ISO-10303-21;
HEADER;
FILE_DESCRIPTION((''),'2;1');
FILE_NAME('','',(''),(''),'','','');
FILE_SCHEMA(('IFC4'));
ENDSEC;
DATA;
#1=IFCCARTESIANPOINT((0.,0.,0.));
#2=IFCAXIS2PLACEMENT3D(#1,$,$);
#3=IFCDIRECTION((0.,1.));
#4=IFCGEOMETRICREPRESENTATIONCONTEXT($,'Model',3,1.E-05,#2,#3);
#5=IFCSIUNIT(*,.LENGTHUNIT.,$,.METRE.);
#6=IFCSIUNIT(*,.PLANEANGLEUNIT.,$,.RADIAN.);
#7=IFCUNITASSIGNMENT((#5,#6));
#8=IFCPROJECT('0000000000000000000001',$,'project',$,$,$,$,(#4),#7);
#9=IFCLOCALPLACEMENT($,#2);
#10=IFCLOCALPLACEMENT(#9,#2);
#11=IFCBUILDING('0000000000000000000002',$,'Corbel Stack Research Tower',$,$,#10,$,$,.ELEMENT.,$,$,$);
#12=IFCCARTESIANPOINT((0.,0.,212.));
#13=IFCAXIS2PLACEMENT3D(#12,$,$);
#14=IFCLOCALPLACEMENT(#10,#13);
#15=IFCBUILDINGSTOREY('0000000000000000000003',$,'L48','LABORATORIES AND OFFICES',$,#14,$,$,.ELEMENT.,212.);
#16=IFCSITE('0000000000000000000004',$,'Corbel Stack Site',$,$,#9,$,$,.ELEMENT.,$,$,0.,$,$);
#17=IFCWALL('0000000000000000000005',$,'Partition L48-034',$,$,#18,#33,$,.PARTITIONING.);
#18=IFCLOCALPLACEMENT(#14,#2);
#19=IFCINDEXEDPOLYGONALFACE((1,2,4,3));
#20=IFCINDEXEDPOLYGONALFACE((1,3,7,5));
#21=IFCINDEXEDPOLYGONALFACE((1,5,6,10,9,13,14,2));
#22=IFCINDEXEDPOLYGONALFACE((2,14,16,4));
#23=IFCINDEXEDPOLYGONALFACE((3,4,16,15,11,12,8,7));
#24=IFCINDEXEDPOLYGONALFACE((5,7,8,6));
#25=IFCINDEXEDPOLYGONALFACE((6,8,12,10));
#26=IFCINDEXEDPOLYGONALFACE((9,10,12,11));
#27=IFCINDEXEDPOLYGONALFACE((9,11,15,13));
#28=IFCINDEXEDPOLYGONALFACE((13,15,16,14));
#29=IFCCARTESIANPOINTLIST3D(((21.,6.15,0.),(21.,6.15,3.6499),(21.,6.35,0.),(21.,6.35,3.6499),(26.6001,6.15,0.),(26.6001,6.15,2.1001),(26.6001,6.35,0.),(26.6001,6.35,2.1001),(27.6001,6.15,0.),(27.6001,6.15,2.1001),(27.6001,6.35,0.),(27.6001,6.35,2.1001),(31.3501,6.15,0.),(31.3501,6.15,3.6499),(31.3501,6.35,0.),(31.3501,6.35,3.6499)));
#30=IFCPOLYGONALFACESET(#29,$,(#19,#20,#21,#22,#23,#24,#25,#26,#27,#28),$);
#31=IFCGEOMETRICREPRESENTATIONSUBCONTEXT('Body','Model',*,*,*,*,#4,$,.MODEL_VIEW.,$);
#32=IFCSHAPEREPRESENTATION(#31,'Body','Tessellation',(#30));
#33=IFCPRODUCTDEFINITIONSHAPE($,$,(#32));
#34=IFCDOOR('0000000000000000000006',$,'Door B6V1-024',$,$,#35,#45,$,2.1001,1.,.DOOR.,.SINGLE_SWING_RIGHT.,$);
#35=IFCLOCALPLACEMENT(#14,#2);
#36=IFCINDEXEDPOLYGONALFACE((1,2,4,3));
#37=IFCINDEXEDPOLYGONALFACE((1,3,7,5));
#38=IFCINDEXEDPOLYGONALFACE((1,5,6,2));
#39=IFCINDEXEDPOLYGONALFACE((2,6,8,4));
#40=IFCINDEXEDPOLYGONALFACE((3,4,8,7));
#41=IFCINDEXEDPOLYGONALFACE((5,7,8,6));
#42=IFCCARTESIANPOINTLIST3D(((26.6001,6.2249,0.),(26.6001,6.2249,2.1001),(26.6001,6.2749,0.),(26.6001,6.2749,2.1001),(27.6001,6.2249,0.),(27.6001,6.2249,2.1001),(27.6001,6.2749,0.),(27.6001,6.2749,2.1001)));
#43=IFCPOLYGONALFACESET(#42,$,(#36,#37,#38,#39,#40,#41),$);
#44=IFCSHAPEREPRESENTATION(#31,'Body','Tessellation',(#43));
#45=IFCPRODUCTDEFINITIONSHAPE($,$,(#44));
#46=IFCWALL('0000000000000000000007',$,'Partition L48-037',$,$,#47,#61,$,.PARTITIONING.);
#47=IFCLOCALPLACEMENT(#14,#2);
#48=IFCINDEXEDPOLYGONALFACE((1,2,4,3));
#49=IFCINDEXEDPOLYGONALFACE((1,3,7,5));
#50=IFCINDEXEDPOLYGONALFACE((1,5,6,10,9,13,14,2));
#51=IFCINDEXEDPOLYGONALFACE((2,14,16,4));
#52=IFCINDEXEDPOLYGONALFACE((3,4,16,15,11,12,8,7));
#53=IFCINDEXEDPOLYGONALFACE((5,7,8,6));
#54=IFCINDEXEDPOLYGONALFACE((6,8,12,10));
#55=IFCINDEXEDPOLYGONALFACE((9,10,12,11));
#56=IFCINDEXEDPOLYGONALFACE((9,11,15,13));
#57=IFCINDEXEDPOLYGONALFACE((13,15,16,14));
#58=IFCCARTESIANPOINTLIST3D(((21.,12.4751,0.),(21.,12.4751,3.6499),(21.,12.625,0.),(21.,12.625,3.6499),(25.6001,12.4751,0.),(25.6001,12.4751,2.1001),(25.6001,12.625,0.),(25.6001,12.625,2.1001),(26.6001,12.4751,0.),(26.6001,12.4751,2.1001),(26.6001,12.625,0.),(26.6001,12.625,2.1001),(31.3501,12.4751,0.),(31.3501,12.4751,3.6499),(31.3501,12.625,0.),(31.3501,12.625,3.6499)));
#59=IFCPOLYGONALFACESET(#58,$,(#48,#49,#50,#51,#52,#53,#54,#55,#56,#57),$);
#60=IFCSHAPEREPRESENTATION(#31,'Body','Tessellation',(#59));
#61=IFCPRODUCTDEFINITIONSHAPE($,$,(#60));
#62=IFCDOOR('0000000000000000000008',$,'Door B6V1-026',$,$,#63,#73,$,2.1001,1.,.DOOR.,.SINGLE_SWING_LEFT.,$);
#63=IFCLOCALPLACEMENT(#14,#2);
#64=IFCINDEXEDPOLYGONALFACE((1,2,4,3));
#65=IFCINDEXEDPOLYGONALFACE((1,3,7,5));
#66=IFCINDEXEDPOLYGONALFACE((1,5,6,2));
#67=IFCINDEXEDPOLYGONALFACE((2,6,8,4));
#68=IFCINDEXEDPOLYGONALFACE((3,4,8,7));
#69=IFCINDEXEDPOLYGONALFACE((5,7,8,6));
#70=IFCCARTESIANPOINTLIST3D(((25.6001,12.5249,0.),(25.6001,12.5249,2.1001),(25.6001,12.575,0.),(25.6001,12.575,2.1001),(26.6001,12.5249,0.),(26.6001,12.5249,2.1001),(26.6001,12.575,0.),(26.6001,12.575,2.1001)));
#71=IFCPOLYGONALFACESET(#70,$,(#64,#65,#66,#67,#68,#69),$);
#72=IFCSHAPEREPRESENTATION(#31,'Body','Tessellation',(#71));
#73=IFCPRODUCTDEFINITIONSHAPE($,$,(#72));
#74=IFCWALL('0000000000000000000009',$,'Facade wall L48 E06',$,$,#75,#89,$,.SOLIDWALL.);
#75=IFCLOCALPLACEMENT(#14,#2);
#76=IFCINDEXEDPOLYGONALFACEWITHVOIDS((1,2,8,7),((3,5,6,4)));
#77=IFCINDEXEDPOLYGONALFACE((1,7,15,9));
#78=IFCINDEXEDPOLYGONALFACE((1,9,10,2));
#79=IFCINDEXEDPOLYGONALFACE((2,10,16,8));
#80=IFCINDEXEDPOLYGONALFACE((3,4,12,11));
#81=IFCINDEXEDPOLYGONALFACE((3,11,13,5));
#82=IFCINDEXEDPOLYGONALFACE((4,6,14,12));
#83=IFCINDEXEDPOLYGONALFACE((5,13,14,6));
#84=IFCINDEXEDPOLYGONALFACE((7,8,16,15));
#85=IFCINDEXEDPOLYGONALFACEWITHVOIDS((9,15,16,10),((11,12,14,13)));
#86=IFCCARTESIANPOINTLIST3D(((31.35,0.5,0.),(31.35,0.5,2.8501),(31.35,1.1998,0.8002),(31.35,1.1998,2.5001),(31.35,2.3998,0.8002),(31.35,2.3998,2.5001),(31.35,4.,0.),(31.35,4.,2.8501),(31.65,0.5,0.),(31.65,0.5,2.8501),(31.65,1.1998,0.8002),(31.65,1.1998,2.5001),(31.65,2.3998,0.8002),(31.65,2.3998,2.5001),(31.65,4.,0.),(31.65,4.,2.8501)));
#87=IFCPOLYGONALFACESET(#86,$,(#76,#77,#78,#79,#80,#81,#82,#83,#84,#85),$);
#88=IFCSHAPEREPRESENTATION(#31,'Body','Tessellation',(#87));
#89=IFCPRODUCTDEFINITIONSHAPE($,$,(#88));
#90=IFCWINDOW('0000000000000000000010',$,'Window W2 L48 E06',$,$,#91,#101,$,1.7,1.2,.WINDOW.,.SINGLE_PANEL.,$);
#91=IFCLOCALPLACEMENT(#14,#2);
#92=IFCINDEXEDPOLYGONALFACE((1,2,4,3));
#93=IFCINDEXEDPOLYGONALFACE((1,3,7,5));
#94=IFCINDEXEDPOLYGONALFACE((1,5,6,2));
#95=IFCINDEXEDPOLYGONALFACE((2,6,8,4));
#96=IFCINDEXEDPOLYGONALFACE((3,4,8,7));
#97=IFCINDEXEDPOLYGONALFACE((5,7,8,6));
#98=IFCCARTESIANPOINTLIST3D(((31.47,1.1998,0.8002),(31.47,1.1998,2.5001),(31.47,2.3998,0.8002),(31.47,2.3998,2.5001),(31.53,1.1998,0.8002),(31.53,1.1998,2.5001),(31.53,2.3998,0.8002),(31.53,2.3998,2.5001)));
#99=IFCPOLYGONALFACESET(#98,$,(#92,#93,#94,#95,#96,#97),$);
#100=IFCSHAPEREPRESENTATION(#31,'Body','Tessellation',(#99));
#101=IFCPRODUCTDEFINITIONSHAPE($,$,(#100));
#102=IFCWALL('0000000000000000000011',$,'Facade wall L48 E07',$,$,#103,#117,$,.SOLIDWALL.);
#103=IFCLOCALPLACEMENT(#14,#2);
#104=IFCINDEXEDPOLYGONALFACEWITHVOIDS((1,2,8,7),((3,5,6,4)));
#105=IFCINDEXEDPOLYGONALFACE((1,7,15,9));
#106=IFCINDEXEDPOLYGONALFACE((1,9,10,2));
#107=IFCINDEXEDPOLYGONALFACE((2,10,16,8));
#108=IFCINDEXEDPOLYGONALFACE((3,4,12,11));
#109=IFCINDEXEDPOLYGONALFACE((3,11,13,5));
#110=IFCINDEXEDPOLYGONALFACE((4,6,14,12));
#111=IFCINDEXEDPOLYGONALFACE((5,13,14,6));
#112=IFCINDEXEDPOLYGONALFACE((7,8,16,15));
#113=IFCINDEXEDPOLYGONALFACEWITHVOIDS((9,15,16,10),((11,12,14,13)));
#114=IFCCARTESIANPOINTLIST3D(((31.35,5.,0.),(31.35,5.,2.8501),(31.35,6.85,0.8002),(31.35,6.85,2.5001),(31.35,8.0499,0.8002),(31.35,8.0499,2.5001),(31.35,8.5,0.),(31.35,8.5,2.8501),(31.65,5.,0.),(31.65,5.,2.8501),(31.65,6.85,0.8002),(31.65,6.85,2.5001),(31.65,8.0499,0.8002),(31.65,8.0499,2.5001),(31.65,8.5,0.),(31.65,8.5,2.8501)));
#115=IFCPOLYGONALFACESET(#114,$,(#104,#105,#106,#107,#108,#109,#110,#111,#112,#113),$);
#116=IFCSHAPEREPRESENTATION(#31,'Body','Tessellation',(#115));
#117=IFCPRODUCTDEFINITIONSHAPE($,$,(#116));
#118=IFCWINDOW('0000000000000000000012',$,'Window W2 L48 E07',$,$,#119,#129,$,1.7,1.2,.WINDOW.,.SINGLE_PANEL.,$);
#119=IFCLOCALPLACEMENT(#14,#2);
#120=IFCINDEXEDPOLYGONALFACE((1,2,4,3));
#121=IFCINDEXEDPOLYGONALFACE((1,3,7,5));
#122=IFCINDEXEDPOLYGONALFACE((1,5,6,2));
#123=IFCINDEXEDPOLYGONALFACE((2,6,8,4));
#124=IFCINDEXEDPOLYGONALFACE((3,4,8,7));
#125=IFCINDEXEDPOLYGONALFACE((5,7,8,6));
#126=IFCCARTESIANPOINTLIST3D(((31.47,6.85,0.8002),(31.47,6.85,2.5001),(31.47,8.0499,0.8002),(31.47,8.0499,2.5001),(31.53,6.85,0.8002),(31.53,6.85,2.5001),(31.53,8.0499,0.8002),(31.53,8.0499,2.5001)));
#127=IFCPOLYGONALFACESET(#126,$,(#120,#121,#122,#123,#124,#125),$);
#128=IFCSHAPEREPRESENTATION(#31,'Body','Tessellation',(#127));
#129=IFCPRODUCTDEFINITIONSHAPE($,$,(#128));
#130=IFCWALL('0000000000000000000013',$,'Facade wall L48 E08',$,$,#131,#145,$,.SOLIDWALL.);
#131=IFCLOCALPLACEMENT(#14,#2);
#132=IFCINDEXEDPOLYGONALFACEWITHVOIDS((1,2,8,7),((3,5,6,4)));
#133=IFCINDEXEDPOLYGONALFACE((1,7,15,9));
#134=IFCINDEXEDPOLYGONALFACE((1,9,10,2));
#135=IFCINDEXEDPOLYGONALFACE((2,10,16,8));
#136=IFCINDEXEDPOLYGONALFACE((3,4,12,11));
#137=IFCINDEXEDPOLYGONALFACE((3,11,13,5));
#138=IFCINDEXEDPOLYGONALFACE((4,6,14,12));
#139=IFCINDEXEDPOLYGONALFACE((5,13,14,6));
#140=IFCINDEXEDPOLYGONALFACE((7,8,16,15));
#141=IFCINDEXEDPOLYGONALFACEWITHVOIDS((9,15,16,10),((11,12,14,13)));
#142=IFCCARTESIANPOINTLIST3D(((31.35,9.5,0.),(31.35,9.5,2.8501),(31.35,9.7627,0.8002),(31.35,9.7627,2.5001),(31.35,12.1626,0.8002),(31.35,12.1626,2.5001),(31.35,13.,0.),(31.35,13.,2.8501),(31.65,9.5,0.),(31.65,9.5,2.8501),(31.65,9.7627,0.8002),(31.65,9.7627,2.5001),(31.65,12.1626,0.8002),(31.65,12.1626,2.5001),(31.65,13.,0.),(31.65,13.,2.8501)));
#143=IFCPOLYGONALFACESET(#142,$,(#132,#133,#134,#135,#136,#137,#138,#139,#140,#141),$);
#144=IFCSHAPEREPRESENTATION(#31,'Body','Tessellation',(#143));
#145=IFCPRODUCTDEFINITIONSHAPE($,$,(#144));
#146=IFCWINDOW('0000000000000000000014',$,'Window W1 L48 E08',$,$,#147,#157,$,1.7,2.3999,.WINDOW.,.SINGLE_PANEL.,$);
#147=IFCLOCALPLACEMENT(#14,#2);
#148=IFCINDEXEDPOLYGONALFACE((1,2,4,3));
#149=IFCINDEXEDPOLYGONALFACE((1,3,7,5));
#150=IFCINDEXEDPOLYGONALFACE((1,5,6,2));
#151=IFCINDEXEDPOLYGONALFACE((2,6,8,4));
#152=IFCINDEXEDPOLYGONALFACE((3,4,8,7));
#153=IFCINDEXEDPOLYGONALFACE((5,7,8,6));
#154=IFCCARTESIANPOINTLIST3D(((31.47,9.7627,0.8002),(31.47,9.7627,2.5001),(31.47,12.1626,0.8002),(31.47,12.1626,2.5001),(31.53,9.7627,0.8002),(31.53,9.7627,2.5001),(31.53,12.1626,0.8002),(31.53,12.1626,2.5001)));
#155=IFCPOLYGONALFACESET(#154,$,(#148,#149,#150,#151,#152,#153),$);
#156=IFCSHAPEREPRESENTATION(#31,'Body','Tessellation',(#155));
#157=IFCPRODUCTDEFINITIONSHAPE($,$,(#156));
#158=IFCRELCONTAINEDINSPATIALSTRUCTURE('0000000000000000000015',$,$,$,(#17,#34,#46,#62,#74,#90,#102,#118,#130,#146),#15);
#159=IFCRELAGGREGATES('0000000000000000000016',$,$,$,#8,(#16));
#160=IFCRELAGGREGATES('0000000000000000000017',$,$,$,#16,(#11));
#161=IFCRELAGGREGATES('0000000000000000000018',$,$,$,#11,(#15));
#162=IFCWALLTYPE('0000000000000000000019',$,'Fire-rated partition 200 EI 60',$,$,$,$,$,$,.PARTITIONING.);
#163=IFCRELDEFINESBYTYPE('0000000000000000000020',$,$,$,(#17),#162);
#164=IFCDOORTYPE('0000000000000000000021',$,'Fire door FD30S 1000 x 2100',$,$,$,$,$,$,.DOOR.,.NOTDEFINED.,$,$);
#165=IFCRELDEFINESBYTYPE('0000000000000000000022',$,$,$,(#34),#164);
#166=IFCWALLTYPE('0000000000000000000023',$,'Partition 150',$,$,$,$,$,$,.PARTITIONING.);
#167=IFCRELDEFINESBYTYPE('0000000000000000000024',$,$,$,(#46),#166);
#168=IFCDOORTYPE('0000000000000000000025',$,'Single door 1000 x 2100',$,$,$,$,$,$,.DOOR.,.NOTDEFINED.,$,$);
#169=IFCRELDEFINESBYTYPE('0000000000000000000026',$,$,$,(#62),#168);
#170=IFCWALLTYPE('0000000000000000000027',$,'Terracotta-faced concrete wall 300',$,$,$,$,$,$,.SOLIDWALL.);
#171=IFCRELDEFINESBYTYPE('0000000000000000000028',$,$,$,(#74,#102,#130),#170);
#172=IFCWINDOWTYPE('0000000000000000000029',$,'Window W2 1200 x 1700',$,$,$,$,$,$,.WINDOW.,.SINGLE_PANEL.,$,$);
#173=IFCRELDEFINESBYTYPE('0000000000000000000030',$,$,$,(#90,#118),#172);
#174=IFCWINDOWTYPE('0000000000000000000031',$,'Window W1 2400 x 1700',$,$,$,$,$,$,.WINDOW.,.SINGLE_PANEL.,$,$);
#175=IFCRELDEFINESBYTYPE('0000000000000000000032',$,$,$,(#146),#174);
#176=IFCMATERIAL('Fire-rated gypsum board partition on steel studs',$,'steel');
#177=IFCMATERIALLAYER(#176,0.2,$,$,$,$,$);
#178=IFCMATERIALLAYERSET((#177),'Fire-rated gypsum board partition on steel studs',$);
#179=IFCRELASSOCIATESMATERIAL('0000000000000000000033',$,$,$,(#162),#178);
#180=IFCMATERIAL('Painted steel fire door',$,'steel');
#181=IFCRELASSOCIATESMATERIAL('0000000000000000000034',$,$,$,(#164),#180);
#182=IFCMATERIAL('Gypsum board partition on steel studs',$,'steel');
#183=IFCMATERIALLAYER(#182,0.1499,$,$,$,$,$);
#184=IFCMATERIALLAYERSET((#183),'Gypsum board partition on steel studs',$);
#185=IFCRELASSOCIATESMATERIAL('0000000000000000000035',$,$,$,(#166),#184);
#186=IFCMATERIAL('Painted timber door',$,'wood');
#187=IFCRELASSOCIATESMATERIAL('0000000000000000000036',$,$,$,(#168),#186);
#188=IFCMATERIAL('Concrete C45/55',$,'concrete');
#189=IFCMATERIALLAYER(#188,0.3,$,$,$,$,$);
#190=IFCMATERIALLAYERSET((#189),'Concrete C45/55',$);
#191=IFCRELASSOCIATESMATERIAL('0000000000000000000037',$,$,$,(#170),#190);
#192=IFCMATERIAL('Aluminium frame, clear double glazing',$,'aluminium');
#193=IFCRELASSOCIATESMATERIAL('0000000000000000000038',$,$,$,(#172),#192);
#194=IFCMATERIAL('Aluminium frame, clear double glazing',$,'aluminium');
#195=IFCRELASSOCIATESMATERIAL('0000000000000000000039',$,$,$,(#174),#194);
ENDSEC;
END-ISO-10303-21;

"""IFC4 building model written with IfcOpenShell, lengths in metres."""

from ifc_helpers import new_model, si_unit, direction, frame, frame_2d, origin, place, context, subcontext, project, spatial, rectangle, extrude, material, layer, layer_set, type_object, element, fill, save


model = new_model("IFC4")

# Units and contexts
model_context = context("Model", 3, precision=1e-05, world=origin(), true_north=direction((0.0, 1.0)))
body_context = subcontext(model_context, "Body", "Model", "MODEL_VIEW")
ifc_project = project(units=[si_unit("LENGTHUNIT", "METRE"), si_unit("PLANEANGLEUNIT", "RADIAN")], contexts=[model_context])

# Site, building, storey
site_placement = place(None, origin())
site = spatial("IfcSite", under=ifc_project, at=site_placement, Name="Corbel Stack Site", CompositionType="ELEMENT", RefElevation=0.0)
building_placement = place(site_placement, origin())
building = spatial("IfcBuilding", under=site, at=building_placement, Name="Corbel Stack Research Tower", CompositionType="ELEMENT")
storey_placement = place(building_placement, frame((0.0, 0.0, 212.0)))
storey = spatial("IfcBuildingStorey", under=building, at=storey_placement, Name="L48", Description="LABORATORIES AND OFFICES", CompositionType="ELEMENT", Elevation=212.0)

# Shared definitions
ifc_material_1 = material(Name="Fire-rated gypsum board partition on steel studs", Category="steel")
ifc_layer_1 = layer(ifc_material_1, 0.2)
ifc_layer_set_1 = layer_set([ifc_layer_1], Name="Fire-rated gypsum board partition on steel studs")
wall_type_1 = type_object("IfcWallType", Name="Fire-rated partition 200 EI 60", PredefinedType="PARTITIONING", material=ifc_layer_set_1)

# Walls, openings, doors
ifc_material_2 = material(Name="Painted steel fire door", Category="steel")
door_type_1 = type_object("IfcDoorType", Name="Fire door FD30S 1000 x 2100", OperationType="NOTDEFINED", PredefinedType="DOOR", material=ifc_material_2)
wall_1_placement = place(storey_placement, frame((21.0, 6.25, 0.0), z_axis=(0.0, 0.0, 1.0), x_axis=(1.0, 0.0, 0.0)))
wall_1 = element("IfcWall", 1, at=wall_1_placement, inside=storey, type_object=wall_type_1, Name="Partition L48-034", PredefinedType="PARTITIONING", context=body_context, shape_type="SweptSolid", body=[
    extrude(rectangle(XDim=10.3501, YDim=0.2, at=frame_2d((5.175, 0.0))), origin(), (0.0, 0.0, 1.0), 3.6499),
])
opening_1_placement = place(wall_1_placement, frame((5.6001, 0.0, 0.0)))
opening_1 = element("IfcOpeningElement", 2, at=opening_1_placement, cuts=wall_1, PredefinedType="OPENING", context=body_context, shape_type="SweptSolid", body=[
    extrude(rectangle(XDim=1.0, YDim=2.1001, at=frame_2d((0.5, 1.05))), frame((0.0, 0.1099, 0.0), z_axis=(0.0, -1.0, 0.0), x_axis=(1.0, 0.0, 0.0)), (0.0, 0.0, 1.0), 0.22),
])
door_1_placement = place(opening_1_placement, origin())
door_1 = element("IfcDoor", 3, at=door_1_placement, inside=storey, type_object=door_type_1, Name="Door B6V1-024", OperationType="SINGLE_SWING_RIGHT", OverallHeight=2.1001, OverallWidth=1.0, PredefinedType="DOOR", context=body_context, shape_type="SweptSolid", body=[
    extrude(rectangle(XDim=1.0, YDim=2.1001, at=frame_2d((0.5, 1.05))), frame((0.0, 0.0249, 0.0), z_axis=(0.0, -1.0, 0.0), x_axis=(1.0, 0.0, 0.0)), (0.0, 0.0, 1.0), 0.05),
])
fill(opening_1, door_1)
ifc_material_3 = material(Name="Gypsum board partition on steel studs", Category="steel")
ifc_layer_2 = layer(ifc_material_3, 0.1499)
ifc_layer_set_2 = layer_set([ifc_layer_2], Name="Gypsum board partition on steel studs")
wall_type_2 = type_object("IfcWallType", Name="Partition 150", PredefinedType="PARTITIONING", material=ifc_layer_set_2)
wall_2_placement = place(storey_placement, frame((21.0, 12.55, 0.0), z_axis=(0.0, 0.0, 1.0), x_axis=(1.0, 0.0, 0.0)))
wall_2 = element("IfcWall", 4, at=wall_2_placement, inside=storey, type_object=wall_type_2, Name="Partition L48-037", PredefinedType="PARTITIONING", context=body_context, shape_type="SweptSolid", body=[
    extrude(rectangle(XDim=10.3501, YDim=0.1499, at=frame_2d((5.175, 0.0))), origin(), (0.0, 0.0, 1.0), 3.6499),
])
opening_2_placement = place(wall_2_placement, frame((4.6001, 0.0, 0.0)))
opening_2 = element("IfcOpeningElement", 5, at=opening_2_placement, cuts=wall_2, PredefinedType="OPENING", context=body_context, shape_type="SweptSolid", body=[
    extrude(rectangle(XDim=1.0, YDim=2.1001, at=frame_2d((0.5, 1.05))), frame((0.0, 0.085, 0.0), z_axis=(0.0, -1.0, 0.0), x_axis=(1.0, 0.0, 0.0)), (0.0, 0.0, 1.0), 0.1699),
])
ifc_material_4 = material(Name="Painted timber door", Category="wood")
door_type_2 = type_object("IfcDoorType", Name="Single door 1000 x 2100", OperationType="NOTDEFINED", PredefinedType="DOOR", material=ifc_material_4)
door_2_placement = place(opening_2_placement, origin())
door_2 = element("IfcDoor", 6, at=door_2_placement, inside=storey, type_object=door_type_2, Name="Door B6V1-026", OperationType="SINGLE_SWING_LEFT", OverallHeight=2.1001, OverallWidth=1.0, PredefinedType="DOOR", context=body_context, shape_type="SweptSolid", body=[
    extrude(rectangle(XDim=1.0, YDim=2.1001, at=frame_2d((0.5, 1.05))), frame((0.0, 0.0249, 0.0), z_axis=(0.0, -1.0, 0.0), x_axis=(1.0, 0.0, 0.0)), (0.0, 0.0, 1.0), 0.05),
])
fill(opening_2, door_2)

# Walls, openings, windows
ifc_material_5 = material(Name="Concrete C45/55", Category="concrete")
ifc_layer_3 = layer(ifc_material_5, 0.3)
ifc_layer_set_3 = layer_set([ifc_layer_3], Name="Concrete C45/55")
wall_type_3 = type_object("IfcWallType", Name="Terracotta-faced concrete wall 300", PredefinedType="SOLIDWALL", material=ifc_layer_set_3)
wall_3_placement = place(storey_placement, frame((31.5, 4.0, 0.0), z_axis=(0.0, 0.0, 1.0), x_axis=(0.0, -1.0, 0.0)))
wall_3 = element("IfcWall", 7, at=wall_3_placement, inside=storey, type_object=wall_type_3, Name="Facade wall L48 E06", PredefinedType="SOLIDWALL", context=body_context, shape_type="SweptSolid", body=[
    extrude(rectangle(XDim=3.5, YDim=0.3, at=frame_2d((1.75, 0.0))), origin(), (0.0, 0.0, 1.0), 2.8501),
])
opening_3_placement = place(wall_3_placement, frame((1.6001, 0.0, 0.8)))
opening_3 = element("IfcOpeningElement", 8, at=opening_3_placement, cuts=wall_3, PredefinedType="OPENING", context=body_context, shape_type="SweptSolid", body=[
    extrude(rectangle(XDim=1.2, YDim=1.7, at=frame_2d((0.6001, 0.8501))), frame((0.0, 0.1599, 0.0), z_axis=(0.0, -1.0, 0.0), x_axis=(1.0, 0.0, 0.0)), (0.0, 0.0, 1.0), 0.3201),
])
ifc_material_6 = material(Name="Aluminium frame, clear double glazing", Category="aluminium")
window_type_1 = type_object("IfcWindowType", Name="Window W2 1200 x 1700", PartitioningType="SINGLE_PANEL", PredefinedType="WINDOW", material=ifc_material_6)
window_1_placement = place(opening_3_placement, origin())
window_1 = element("IfcWindow", 9, at=window_1_placement, inside=storey, type_object=window_type_1, Name="Window W2 L48 E06", OverallHeight=1.7, OverallWidth=1.2, PartitioningType="SINGLE_PANEL", PredefinedType="WINDOW", context=body_context, shape_type="SweptSolid", body=[
    extrude(rectangle(XDim=1.2, YDim=1.7, at=frame_2d((0.6001, 0.8501))), frame((0.0, 0.03, 0.0), z_axis=(0.0, -1.0, 0.0), x_axis=(1.0, 0.0, 0.0)), (0.0, 0.0, 1.0), 0.0601),
])
fill(opening_3, window_1)
wall_4_placement = place(storey_placement, frame((31.5, 8.5, 0.0), z_axis=(0.0, 0.0, 1.0), x_axis=(0.0, -1.0, 0.0)))
wall_4 = element("IfcWall", 10, at=wall_4_placement, inside=storey, type_object=wall_type_3, Name="Facade wall L48 E07", PredefinedType="SOLIDWALL", context=body_context, shape_type="SweptSolid", body=[
    extrude(rectangle(XDim=3.5, YDim=0.3, at=frame_2d((1.75, 0.0))), origin(), (0.0, 0.0, 1.0), 2.8501),
])
opening_4_placement = place(wall_4_placement, frame((0.45, 0.0, 0.8)))
opening_4 = element("IfcOpeningElement", 11, at=opening_4_placement, cuts=wall_4, PredefinedType="OPENING", context=body_context, shape_type="SweptSolid", body=[
    extrude(rectangle(XDim=1.2, YDim=1.7, at=frame_2d((0.6001, 0.8501))), frame((0.0, 0.1599, 0.0), z_axis=(0.0, -1.0, 0.0), x_axis=(1.0, 0.0, 0.0)), (0.0, 0.0, 1.0), 0.3201),
])
window_2_placement = place(opening_4_placement, origin())
window_2 = element("IfcWindow", 12, at=window_2_placement, inside=storey, type_object=window_type_1, Name="Window W2 L48 E07", OverallHeight=1.7, OverallWidth=1.2, PartitioningType="SINGLE_PANEL", PredefinedType="WINDOW", context=body_context, shape_type="SweptSolid", body=[
    extrude(rectangle(XDim=1.2, YDim=1.7, at=frame_2d((0.6001, 0.8501))), frame((0.0, 0.03, 0.0), z_axis=(0.0, -1.0, 0.0), x_axis=(1.0, 0.0, 0.0)), (0.0, 0.0, 1.0), 0.0601),
])
fill(opening_4, window_2)
wall_5_placement = place(storey_placement, frame((31.5, 13.0, 0.0), z_axis=(0.0, 0.0, 1.0), x_axis=(0.0, -1.0, 0.0)))
wall_5 = element("IfcWall", 13, at=wall_5_placement, inside=storey, type_object=wall_type_3, Name="Facade wall L48 E08", PredefinedType="SOLIDWALL", context=body_context, shape_type="SweptSolid", body=[
    extrude(rectangle(XDim=3.5, YDim=0.3, at=frame_2d((1.75, 0.0))), origin(), (0.0, 0.0, 1.0), 2.8501),
])
opening_5_placement = place(wall_5_placement, frame((0.8374, 0.0, 0.8)))
opening_5 = element("IfcOpeningElement", 14, at=opening_5_placement, cuts=wall_5, PredefinedType="OPENING", context=body_context, shape_type="SweptSolid", body=[
    extrude(rectangle(XDim=2.3999, YDim=1.7, at=frame_2d((1.2, 0.8501))), frame((0.0, 0.1599, 0.0), z_axis=(0.0, -1.0, 0.0), x_axis=(1.0, 0.0, 0.0)), (0.0, 0.0, 1.0), 0.3201),
])
ifc_material_7 = material(Name="Aluminium frame, clear double glazing", Category="aluminium")
window_type_2 = type_object("IfcWindowType", Name="Window W1 2400 x 1700", PartitioningType="SINGLE_PANEL", PredefinedType="WINDOW", material=ifc_material_7)
window_3_placement = place(opening_5_placement, origin())
window_3 = element("IfcWindow", 15, at=window_3_placement, inside=storey, type_object=window_type_2, Name="Window W1 L48 E08", OverallHeight=1.7, OverallWidth=2.3999, PartitioningType="SINGLE_PANEL", PredefinedType="WINDOW", context=body_context, shape_type="SweptSolid", body=[
    extrude(rectangle(XDim=2.3999, YDim=1.7, at=frame_2d((1.2, 0.8501))), frame((0.0, 0.03, 0.0), z_axis=(0.0, -1.0, 0.0), x_axis=(1.0, 0.0, 0.0)), (0.0, 0.0, 1.0), 0.0601),
])
fill(opening_5, window_3)

save(model, "model.ifc")
